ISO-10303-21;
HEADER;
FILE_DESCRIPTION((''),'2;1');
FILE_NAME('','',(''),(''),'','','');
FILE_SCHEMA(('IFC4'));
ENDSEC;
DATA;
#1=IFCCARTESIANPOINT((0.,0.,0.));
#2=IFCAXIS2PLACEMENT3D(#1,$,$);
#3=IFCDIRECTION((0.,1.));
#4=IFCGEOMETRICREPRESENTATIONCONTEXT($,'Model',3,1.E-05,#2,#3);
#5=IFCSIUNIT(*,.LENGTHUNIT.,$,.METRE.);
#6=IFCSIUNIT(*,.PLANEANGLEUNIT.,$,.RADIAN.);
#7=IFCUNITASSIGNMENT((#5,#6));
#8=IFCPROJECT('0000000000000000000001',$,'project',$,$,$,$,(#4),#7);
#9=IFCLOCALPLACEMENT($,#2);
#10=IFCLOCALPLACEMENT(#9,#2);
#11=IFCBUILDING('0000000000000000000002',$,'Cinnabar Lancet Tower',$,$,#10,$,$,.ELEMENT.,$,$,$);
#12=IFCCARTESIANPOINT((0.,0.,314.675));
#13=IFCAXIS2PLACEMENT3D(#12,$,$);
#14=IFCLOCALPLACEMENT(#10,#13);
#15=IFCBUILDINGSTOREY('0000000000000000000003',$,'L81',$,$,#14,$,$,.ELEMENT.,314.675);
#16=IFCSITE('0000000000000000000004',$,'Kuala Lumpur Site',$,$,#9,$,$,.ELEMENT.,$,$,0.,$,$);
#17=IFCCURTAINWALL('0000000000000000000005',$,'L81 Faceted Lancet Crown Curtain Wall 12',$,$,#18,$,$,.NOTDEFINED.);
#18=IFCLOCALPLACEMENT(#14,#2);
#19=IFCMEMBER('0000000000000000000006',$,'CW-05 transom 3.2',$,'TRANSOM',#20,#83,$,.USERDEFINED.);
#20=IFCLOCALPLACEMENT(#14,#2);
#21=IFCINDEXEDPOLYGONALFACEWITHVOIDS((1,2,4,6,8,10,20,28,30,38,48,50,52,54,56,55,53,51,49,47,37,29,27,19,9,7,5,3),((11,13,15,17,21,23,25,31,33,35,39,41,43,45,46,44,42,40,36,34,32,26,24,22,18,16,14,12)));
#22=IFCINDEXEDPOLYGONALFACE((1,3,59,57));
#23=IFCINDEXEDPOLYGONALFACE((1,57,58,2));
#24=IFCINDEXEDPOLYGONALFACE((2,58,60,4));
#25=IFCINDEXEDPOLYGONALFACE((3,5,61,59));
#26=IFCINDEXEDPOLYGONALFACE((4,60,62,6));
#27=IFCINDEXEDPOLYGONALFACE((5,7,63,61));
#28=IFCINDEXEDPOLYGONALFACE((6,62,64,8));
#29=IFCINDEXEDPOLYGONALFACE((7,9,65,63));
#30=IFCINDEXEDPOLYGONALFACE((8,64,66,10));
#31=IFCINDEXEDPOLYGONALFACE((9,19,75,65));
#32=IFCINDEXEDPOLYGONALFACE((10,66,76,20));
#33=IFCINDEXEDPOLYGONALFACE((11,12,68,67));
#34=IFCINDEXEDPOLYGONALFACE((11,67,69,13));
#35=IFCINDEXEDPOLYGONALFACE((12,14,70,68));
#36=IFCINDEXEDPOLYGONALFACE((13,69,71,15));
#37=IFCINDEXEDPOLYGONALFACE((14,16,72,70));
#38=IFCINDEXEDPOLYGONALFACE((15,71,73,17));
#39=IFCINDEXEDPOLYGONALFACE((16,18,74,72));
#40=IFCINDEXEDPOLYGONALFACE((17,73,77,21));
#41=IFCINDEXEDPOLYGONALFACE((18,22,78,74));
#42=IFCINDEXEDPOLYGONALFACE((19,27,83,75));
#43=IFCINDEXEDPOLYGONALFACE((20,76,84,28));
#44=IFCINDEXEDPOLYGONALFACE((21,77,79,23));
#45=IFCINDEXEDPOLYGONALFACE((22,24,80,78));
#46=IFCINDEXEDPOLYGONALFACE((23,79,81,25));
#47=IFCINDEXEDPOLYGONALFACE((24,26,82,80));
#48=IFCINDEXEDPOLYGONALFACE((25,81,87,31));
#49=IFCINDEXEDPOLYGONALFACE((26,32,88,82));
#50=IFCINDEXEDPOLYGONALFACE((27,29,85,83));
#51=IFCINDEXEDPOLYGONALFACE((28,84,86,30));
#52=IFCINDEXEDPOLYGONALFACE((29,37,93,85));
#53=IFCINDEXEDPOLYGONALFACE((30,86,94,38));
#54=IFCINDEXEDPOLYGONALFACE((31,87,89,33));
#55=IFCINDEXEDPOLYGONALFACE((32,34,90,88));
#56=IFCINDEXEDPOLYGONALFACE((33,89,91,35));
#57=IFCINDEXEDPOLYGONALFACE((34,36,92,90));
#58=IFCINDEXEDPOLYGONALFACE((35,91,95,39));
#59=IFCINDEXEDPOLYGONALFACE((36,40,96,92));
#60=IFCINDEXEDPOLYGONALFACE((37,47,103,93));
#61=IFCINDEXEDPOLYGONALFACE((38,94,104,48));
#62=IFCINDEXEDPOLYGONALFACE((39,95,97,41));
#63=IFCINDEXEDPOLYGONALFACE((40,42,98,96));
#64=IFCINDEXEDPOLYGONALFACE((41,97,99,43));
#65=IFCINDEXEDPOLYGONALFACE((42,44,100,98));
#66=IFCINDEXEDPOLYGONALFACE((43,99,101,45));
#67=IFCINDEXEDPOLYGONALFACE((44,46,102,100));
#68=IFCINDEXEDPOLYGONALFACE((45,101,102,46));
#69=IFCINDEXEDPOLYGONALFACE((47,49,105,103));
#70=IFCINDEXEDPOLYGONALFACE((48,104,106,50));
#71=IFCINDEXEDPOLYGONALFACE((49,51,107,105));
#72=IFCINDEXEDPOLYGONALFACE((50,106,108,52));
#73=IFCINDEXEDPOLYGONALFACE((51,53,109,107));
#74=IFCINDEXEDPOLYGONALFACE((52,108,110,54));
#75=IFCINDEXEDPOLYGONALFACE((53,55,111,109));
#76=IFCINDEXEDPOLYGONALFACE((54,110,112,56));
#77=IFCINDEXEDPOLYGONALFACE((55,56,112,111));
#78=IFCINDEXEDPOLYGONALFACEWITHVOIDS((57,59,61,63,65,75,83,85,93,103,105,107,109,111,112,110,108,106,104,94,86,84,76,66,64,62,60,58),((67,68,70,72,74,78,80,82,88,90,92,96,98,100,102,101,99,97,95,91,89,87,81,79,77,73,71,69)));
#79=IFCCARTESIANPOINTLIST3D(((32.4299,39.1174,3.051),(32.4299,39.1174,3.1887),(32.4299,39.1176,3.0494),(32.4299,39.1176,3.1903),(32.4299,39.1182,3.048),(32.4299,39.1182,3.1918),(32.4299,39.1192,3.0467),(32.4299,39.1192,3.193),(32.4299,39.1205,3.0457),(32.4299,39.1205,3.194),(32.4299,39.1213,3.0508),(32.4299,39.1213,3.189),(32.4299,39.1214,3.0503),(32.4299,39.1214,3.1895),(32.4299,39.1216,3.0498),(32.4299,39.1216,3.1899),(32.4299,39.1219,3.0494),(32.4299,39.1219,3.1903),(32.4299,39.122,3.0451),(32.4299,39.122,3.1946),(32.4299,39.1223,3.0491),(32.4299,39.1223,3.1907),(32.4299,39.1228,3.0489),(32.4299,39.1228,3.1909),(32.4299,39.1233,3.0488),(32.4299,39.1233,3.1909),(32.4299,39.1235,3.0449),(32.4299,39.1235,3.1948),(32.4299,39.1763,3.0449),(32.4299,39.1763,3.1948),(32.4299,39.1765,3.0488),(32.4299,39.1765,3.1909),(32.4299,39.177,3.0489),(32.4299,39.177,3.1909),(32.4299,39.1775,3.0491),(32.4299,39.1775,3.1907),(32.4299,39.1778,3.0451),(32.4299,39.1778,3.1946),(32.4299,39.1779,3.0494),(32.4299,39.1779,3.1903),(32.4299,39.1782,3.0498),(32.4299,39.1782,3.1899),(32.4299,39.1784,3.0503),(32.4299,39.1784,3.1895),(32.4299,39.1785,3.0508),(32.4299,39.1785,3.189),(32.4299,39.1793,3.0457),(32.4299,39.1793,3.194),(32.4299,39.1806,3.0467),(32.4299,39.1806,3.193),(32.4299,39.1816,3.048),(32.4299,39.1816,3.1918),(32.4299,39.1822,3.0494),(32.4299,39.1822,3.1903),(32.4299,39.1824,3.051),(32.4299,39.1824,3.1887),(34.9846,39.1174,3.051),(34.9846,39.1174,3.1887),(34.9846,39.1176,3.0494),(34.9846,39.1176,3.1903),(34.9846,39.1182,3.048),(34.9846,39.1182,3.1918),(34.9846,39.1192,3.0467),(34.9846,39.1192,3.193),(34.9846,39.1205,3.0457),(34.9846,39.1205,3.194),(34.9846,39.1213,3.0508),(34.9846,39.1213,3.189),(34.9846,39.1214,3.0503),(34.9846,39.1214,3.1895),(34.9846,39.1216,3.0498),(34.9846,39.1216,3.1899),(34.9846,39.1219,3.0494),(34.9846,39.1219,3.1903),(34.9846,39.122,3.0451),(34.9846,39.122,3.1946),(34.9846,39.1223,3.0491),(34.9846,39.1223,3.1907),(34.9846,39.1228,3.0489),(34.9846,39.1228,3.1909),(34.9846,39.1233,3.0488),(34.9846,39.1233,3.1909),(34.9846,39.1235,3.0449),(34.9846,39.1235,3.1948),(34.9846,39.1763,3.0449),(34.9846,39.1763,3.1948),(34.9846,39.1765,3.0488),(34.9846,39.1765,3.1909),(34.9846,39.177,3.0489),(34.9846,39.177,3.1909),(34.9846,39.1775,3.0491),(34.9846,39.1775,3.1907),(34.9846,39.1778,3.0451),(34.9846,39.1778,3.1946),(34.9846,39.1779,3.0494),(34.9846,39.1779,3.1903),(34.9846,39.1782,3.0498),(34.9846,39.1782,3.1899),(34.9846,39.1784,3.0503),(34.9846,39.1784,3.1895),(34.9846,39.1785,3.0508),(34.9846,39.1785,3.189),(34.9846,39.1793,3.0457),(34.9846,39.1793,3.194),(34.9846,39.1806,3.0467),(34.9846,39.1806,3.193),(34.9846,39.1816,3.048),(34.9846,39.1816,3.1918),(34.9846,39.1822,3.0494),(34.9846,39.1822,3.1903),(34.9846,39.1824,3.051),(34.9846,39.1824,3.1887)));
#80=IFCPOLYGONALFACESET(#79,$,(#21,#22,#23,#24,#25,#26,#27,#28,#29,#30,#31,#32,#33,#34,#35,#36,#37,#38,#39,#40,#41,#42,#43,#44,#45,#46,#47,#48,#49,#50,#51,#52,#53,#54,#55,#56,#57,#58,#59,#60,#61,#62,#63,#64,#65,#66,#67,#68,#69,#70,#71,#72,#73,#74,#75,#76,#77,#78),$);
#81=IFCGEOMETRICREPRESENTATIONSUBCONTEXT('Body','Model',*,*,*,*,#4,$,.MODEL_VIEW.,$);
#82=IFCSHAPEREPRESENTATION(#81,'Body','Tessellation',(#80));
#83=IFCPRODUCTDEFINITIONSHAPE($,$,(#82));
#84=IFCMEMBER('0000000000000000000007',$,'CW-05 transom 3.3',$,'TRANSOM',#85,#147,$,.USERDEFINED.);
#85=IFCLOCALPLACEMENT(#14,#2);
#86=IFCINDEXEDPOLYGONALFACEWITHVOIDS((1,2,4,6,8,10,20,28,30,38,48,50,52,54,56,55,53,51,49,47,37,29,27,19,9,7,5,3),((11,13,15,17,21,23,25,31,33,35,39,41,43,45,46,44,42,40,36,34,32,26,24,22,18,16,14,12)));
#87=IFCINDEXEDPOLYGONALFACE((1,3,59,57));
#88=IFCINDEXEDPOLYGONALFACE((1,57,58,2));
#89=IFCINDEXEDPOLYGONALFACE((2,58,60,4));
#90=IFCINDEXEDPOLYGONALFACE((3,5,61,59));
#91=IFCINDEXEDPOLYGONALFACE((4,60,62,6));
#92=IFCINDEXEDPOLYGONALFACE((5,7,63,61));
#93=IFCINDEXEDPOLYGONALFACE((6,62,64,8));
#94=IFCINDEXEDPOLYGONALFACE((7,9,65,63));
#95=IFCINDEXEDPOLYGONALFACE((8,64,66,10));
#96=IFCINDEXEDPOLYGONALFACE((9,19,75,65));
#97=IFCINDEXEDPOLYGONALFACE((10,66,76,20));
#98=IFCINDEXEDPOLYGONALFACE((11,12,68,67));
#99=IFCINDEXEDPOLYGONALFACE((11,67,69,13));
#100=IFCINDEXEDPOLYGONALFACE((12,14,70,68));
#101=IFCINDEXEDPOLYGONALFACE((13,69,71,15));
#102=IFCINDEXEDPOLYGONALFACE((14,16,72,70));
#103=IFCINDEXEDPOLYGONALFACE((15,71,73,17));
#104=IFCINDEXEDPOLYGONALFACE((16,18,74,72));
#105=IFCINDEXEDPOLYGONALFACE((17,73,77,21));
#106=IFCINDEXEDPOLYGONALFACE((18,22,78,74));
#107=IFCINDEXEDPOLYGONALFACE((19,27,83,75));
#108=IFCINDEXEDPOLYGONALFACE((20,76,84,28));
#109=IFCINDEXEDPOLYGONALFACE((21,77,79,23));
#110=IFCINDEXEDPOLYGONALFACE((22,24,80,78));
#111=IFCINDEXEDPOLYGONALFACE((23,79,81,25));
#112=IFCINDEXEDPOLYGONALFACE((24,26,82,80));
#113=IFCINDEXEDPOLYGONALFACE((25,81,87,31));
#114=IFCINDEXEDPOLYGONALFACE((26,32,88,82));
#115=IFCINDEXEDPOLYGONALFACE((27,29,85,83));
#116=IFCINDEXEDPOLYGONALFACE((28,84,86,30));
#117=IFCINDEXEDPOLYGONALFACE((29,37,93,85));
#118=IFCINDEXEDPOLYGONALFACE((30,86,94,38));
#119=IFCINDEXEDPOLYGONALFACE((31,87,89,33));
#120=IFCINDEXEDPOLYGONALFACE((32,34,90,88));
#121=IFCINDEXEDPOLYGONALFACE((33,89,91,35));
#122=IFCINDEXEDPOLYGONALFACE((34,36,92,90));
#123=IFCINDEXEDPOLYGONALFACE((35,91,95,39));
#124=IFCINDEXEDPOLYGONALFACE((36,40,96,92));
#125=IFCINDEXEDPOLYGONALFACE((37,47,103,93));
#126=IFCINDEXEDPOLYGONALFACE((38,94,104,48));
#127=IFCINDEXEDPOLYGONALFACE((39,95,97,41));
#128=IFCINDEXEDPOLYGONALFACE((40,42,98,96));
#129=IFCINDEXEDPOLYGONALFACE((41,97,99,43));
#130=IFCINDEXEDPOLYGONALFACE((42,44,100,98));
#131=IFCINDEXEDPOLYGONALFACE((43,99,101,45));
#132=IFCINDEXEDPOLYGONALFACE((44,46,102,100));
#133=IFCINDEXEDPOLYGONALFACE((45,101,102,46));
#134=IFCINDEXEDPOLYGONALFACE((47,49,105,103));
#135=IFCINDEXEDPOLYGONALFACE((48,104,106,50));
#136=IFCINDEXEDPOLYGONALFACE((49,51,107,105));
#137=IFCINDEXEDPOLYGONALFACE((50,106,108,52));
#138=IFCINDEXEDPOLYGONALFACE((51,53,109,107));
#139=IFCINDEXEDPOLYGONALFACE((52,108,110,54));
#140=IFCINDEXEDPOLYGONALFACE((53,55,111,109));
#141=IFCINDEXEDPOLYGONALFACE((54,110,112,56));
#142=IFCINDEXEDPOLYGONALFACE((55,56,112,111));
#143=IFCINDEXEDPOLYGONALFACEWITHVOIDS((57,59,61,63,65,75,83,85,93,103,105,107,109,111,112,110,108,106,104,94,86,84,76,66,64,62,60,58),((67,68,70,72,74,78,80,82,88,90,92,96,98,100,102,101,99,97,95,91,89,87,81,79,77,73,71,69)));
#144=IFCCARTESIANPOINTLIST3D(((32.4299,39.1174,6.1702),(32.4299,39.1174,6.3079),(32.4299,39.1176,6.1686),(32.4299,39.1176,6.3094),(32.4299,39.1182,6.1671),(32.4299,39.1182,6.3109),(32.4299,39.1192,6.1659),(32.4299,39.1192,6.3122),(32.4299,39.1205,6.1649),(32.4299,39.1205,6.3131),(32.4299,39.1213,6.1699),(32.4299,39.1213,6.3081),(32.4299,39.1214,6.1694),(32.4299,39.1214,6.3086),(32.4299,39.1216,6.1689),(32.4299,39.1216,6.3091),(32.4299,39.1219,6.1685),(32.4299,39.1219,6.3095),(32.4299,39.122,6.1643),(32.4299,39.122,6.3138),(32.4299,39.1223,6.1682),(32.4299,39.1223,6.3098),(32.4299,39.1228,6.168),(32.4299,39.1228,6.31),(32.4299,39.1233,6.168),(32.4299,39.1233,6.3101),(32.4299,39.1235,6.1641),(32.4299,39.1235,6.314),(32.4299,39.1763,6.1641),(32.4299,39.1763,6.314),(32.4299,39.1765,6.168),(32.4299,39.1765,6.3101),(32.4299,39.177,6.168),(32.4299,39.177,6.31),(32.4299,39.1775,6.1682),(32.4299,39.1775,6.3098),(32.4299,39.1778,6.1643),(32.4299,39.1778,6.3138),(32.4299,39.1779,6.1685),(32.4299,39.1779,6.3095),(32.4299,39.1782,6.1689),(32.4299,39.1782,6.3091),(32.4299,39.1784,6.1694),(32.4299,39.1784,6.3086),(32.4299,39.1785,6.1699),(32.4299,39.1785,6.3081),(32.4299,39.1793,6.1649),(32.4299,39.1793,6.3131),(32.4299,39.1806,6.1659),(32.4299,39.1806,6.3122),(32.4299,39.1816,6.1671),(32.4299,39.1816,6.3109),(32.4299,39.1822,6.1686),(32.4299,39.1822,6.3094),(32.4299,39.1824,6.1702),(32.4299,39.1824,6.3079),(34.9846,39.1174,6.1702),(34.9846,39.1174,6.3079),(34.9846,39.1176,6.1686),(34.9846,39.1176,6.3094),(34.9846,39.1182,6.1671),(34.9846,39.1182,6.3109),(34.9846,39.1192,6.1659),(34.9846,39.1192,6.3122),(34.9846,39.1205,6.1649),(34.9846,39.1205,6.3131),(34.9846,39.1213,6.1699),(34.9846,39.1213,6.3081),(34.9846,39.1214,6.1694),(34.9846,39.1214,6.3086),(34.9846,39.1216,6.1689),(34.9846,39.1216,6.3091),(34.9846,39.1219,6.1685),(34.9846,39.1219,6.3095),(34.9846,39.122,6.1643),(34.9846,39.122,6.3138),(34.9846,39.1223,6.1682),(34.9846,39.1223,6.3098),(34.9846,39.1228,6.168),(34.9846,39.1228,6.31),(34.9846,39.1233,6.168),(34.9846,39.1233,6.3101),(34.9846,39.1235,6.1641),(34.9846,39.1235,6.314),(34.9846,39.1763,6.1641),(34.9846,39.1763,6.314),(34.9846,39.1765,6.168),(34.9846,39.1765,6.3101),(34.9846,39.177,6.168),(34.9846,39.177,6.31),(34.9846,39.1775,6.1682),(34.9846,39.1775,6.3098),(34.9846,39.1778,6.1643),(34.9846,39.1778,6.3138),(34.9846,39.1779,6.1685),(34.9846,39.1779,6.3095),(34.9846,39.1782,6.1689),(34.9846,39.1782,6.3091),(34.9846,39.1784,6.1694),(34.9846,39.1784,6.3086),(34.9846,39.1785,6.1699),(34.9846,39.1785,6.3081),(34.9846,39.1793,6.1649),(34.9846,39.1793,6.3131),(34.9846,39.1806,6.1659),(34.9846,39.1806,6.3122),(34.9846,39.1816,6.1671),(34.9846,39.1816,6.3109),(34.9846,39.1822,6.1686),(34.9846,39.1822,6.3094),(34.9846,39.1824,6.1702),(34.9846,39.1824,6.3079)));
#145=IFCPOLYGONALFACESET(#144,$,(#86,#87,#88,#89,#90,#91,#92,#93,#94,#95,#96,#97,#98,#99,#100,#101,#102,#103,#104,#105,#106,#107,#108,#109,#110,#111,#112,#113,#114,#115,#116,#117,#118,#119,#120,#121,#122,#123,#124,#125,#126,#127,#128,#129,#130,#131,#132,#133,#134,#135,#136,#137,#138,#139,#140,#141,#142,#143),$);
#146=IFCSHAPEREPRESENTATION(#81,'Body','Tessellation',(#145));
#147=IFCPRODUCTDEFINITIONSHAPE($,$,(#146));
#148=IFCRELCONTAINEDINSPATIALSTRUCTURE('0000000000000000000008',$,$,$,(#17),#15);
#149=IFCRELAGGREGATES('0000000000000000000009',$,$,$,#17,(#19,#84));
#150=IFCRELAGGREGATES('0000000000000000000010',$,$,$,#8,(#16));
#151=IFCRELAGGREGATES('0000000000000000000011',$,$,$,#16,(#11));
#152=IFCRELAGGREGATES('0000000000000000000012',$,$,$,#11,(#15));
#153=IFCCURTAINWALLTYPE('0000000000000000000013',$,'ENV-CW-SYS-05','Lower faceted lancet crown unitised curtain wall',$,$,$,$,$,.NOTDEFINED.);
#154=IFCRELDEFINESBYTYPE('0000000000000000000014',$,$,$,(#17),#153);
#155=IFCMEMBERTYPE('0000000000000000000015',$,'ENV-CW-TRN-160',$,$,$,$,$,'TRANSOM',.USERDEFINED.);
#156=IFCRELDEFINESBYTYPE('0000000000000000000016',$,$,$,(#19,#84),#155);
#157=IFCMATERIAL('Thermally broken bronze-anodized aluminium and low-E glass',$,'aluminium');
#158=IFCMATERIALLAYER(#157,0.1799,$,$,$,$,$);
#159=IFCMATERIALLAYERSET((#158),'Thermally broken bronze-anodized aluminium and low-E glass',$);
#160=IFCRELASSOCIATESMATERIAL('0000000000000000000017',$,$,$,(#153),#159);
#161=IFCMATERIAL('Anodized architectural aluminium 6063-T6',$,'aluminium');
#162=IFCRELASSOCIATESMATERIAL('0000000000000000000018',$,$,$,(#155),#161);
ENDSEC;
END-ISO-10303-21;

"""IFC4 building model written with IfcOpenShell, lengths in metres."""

from ifc_helpers import new_model, si_unit, direction, frame, origin, origin_2d, place, context, subcontext, project, spatial, hollow_rectangle, extrude, material, layer, layer_set, material_profile, profile_set, type_object, element, aggregate, save


model = new_model("IFC4")

# Units and contexts
model_context = context("Model", 3, precision=1e-05, world=origin(), true_north=direction((0.0, 1.0)))
body_context = subcontext(model_context, "Body", "Model", "MODEL_VIEW")
ifc_project = project(units=[si_unit("LENGTHUNIT", "METRE"), si_unit("PLANEANGLEUNIT", "RADIAN")], contexts=[model_context])

# Site, building, storey
site_placement = place(None, origin())
site = spatial("IfcSite", under=ifc_project, at=site_placement, Name="Kuala Lumpur Site", CompositionType="ELEMENT", RefElevation=0.0)
building_placement = place(site_placement, origin())
building = spatial("IfcBuilding", under=site, at=building_placement, Name="Cinnabar Lancet Tower", CompositionType="ELEMENT")
storey_placement = place(building_placement, frame((0.0, 0.0, 314.675)))
storey = spatial("IfcBuildingStorey", under=building, at=storey_placement, Name="L81", CompositionType="ELEMENT", Elevation=314.675)

# Shared definitions
ifc_material_1 = material(Name="Thermally broken bronze-anodized aluminium and low-E glass", Category="aluminium")
ifc_layer_1 = layer(ifc_material_1, 0.1799)
ifc_layer_set_1 = layer_set([ifc_layer_1], Name="Thermally broken bronze-anodized aluminium and low-E glass")
curtain_wall_type = type_object("IfcCurtainWallType", Name="ENV-CW-SYS-05", Description="Lower faceted lancet crown unitised curtain wall", PredefinedType="NOTDEFINED", material=ifc_layer_set_1)

# Curtain wall, members
curtain_wall_1_placement = place(storey_placement, origin())
curtain_wall_1 = element("IfcCurtainWall", 1, at=curtain_wall_1_placement, inside=storey, type_object=curtain_wall_type, Name="L81 Faceted Lancet Crown Curtain Wall 12", PredefinedType="NOTDEFINED")
ifc_material_2 = material(Name="Anodized architectural aluminium 6063-T6", Category="aluminium")
ifc_material_profile_1 = material_profile(ifc_material_2, hollow_rectangle(XDim=0.0649, YDim=0.1499, WallThickness=0.0039, InnerFilletRadius=0.002, OuterFilletRadius=0.0061, at=origin_2d()), Name="CW-TRN 150x65x4")
ifc_profile_set_1 = profile_set([ifc_material_profile_1], Name="Anodized architectural aluminium 6063-T6")
member_type_1 = type_object("IfcMemberType", Name="ENV-CW-TRN-160", ElementType="TRANSOM", PredefinedType="USERDEFINED", material=ifc_profile_set_1)
member_1_placement = place(storey_placement, frame((34.9846, 39.1499, 3.1199), z_axis=(-1.0, 0.0, 0.0), x_axis=(0.0, -1.0, 0.0)))
member_1 = element("IfcMember", 2, at=member_1_placement, type_object=member_type_1, Name="CW-05 transom 3.2", ObjectType="TRANSOM", PredefinedType="USERDEFINED", context=body_context, shape_type="SweptSolid", body=[
    extrude(hollow_rectangle(XDim=0.0649, YDim=0.1499, WallThickness=0.0039, InnerFilletRadius=0.002, OuterFilletRadius=0.0061, at=origin_2d()), origin(), (0.0, 0.0, 1.0), 2.5547),
])
member_2_placement = place(storey_placement, frame((34.9846, 39.1499, 6.239), z_axis=(-1.0, 0.0, 0.0), x_axis=(0.0, -1.0, 0.0)))
member_2 = element("IfcMember", 3, at=member_2_placement, type_object=member_type_1, Name="CW-05 transom 3.3", ObjectType="TRANSOM", PredefinedType="USERDEFINED", context=body_context, shape_type="SweptSolid", body=[
    extrude(hollow_rectangle(XDim=0.0649, YDim=0.1499, WallThickness=0.0039, InnerFilletRadius=0.002, OuterFilletRadius=0.0061, at=origin_2d()), origin(), (0.0, 0.0, 1.0), 2.5547),
])

aggregate(curtain_wall_1, [member_1, member_2])

save(model, "model.ifc")
